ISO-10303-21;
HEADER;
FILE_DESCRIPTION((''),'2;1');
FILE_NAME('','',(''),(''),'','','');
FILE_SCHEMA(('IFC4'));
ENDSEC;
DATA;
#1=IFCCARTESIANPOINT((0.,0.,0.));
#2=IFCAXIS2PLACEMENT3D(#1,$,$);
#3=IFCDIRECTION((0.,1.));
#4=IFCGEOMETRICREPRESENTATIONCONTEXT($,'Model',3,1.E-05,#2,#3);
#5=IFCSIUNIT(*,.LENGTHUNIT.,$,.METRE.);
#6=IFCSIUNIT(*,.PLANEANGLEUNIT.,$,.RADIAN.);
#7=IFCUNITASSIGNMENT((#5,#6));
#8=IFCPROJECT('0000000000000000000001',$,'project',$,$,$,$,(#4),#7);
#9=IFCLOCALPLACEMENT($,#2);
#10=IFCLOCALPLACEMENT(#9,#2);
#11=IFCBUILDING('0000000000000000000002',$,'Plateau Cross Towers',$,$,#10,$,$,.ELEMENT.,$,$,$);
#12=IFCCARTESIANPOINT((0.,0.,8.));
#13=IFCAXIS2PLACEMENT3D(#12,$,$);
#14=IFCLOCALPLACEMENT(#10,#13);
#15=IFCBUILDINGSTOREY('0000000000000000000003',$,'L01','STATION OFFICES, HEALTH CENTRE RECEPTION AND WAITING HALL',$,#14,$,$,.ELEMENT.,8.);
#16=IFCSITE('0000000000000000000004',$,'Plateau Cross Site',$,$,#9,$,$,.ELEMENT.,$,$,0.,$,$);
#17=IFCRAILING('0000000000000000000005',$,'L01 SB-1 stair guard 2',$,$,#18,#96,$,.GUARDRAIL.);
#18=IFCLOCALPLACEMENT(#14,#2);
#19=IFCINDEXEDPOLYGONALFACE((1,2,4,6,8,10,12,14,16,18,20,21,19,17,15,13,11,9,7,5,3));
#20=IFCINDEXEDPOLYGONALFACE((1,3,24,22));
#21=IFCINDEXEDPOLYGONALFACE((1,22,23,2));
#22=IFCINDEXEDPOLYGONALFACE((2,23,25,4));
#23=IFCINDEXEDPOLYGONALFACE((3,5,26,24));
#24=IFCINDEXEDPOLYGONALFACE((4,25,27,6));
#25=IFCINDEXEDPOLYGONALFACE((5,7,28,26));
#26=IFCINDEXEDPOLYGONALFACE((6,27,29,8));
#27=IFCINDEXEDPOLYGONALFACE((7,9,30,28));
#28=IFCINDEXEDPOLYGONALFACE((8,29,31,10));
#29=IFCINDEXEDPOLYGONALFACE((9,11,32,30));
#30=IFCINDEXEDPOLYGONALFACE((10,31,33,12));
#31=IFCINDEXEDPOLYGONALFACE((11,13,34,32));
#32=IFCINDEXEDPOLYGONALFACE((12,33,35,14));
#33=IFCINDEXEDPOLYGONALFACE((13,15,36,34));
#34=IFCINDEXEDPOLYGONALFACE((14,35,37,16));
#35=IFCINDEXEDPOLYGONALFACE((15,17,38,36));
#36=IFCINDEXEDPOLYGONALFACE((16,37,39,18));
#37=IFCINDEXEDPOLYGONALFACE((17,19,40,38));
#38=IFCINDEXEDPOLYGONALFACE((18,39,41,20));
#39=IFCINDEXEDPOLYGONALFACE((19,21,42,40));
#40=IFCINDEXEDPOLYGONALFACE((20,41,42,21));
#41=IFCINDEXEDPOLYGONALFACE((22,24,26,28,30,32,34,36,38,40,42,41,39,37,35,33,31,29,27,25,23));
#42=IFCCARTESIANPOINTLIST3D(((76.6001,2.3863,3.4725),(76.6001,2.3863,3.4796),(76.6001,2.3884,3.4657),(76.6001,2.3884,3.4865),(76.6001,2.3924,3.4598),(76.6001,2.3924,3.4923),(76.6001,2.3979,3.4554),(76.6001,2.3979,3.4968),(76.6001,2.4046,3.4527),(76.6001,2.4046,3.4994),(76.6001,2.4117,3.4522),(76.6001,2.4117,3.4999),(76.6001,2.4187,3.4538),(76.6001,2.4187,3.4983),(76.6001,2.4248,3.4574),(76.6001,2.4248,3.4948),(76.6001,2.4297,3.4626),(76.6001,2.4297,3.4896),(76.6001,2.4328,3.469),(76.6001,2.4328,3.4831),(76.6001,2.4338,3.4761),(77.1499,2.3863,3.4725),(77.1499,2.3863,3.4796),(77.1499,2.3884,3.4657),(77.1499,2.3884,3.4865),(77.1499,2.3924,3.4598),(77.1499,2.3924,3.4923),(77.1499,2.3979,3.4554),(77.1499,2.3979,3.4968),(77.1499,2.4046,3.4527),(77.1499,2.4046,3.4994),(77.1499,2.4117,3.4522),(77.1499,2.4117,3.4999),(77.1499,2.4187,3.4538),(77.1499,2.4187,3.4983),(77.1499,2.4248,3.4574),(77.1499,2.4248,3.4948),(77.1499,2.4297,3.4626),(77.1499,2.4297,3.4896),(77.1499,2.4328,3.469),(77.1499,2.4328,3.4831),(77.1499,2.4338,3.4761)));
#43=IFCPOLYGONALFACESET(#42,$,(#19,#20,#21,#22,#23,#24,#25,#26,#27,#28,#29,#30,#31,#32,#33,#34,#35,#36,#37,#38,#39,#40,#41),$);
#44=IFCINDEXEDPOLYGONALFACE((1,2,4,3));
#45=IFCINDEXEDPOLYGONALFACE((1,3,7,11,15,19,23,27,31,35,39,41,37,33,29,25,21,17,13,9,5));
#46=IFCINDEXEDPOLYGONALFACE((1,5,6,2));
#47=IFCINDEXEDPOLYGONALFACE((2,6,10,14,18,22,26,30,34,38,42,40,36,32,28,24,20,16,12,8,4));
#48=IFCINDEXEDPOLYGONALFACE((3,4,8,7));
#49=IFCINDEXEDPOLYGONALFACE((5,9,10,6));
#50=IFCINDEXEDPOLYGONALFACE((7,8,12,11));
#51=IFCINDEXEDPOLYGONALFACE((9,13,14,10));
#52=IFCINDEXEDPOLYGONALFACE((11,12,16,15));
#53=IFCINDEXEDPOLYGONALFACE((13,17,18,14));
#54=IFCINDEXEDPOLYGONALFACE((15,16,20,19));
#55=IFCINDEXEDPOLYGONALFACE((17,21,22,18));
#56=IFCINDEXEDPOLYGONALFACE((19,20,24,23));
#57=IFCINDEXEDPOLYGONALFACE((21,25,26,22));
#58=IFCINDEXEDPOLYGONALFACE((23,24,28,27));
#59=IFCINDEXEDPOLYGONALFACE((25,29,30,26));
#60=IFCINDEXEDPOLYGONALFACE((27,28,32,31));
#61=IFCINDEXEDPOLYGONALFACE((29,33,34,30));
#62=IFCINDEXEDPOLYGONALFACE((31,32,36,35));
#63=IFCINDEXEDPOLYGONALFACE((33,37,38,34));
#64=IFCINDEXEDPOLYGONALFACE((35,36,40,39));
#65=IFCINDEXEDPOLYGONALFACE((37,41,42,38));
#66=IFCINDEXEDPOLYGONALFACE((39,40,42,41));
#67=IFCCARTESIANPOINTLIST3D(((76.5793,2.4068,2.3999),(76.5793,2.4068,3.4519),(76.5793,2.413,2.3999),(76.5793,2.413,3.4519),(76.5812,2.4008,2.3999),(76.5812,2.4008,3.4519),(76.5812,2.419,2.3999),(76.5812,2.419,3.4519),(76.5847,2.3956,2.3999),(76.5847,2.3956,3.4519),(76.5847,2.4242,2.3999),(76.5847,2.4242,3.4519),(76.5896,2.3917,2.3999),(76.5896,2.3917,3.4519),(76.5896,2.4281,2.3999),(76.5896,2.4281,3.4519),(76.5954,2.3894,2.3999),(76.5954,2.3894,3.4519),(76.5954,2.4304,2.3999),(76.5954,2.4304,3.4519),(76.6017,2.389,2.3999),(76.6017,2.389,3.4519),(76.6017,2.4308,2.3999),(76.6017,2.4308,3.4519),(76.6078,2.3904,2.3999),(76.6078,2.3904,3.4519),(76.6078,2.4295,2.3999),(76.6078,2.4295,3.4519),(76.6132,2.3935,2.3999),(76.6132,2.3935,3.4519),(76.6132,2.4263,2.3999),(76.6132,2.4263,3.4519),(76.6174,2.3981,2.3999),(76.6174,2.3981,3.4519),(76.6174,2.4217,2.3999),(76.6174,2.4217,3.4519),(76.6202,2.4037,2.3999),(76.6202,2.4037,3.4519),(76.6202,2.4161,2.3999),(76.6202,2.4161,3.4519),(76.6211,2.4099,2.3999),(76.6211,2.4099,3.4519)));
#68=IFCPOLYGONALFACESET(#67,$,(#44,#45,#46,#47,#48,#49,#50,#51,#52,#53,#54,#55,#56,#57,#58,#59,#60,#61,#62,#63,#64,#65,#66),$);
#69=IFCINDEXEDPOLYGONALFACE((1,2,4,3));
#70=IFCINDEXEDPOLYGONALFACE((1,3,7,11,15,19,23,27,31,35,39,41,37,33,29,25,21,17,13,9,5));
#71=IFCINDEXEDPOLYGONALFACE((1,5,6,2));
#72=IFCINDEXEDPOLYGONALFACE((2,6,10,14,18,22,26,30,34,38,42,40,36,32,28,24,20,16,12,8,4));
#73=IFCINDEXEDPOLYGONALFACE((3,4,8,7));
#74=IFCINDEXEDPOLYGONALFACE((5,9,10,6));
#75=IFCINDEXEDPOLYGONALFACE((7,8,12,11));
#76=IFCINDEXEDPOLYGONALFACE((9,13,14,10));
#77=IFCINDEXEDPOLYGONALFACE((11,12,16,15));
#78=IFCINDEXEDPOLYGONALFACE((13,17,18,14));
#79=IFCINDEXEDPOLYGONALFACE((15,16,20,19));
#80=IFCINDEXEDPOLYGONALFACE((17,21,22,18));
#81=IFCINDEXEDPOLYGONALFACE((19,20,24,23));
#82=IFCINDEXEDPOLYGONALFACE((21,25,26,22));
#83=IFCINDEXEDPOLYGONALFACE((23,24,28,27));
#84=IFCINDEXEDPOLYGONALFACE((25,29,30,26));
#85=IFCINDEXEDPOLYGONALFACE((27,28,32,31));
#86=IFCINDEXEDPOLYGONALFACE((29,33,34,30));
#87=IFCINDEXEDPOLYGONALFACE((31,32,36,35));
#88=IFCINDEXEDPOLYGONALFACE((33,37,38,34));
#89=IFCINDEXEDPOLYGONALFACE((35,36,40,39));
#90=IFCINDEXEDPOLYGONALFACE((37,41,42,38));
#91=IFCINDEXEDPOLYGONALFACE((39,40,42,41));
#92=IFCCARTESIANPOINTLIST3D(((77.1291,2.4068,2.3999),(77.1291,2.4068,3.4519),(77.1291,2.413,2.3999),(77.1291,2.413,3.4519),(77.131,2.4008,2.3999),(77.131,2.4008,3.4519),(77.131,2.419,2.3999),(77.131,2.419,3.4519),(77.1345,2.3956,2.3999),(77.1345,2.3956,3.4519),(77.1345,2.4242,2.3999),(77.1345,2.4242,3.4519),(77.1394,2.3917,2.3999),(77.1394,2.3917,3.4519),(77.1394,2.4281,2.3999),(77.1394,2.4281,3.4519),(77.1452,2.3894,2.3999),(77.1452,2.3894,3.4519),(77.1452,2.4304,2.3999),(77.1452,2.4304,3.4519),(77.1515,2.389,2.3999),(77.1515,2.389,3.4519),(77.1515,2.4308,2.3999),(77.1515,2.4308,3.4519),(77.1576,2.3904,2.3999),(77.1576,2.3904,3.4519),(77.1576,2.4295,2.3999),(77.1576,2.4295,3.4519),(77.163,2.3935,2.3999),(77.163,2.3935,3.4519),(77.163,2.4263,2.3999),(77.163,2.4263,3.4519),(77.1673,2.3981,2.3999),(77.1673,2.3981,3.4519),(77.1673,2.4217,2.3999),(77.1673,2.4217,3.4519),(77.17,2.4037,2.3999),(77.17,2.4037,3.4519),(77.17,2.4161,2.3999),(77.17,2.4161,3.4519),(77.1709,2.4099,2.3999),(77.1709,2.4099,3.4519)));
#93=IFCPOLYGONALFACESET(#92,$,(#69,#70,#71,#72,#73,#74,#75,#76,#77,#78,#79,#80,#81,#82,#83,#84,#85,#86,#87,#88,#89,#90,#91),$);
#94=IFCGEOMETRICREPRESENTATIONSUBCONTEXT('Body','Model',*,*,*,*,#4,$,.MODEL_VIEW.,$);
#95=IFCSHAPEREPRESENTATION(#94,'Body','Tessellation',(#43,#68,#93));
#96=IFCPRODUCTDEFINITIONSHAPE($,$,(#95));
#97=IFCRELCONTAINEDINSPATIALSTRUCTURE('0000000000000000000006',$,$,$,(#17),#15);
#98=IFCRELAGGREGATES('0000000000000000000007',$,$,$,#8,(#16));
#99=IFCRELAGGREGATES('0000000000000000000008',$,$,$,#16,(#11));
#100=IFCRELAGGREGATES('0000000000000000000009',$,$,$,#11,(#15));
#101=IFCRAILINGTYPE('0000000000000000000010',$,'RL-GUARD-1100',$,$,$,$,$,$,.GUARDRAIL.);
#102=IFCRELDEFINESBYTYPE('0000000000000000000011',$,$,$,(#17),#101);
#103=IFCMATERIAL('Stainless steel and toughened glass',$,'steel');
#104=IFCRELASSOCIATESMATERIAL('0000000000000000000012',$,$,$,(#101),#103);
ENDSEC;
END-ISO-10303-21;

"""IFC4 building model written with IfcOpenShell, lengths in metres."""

from ifc_helpers import new_model, si_unit, direction, frame, origin, origin_2d, place, context, subcontext, project, spatial, circle, extrude, material, type_object, element, save


model = new_model("IFC4")

# Units and contexts
model_context = context("Model", 3, precision=1e-05, world=origin(), true_north=direction((0.0, 1.0)))
body_context = subcontext(model_context, "Body", "Model", "MODEL_VIEW")
ifc_project = project(units=[si_unit("LENGTHUNIT", "METRE"), si_unit("PLANEANGLEUNIT", "RADIAN")], contexts=[model_context])

# Site, building, storey
site_placement = place(None, origin())
site = spatial("IfcSite", under=ifc_project, at=site_placement, Name="Plateau Cross Site", CompositionType="ELEMENT", RefElevation=0.0)
building_placement = place(site_placement, origin())
building = spatial("IfcBuilding", under=site, at=building_placement, Name="Plateau Cross Towers", CompositionType="ELEMENT")
storey_placement = place(building_placement, frame((0.0, 0.0, 8.0)))
storey = spatial("IfcBuildingStorey", under=building, at=storey_placement, Name="L01", Description="STATION OFFICES, HEALTH CENTRE RECEPTION AND WAITING HALL", CompositionType="ELEMENT", Elevation=8.0)

# Railing
ifc_material_1 = material(Name="Stainless steel and toughened glass", Category="steel")
railing_type_1 = type_object("IfcRailingType", Name="RL-GUARD-1100", PredefinedType="GUARDRAIL", material=ifc_material_1)
railing_1_placement = place(storey_placement, frame((76.6001, 2.4099, 2.3999)))
element("IfcRailing", 1, at=railing_1_placement, inside=storey, type_object=railing_type_1, Name="L01 SB-1 stair guard 2", PredefinedType="GUARDRAIL", context=body_context, shape_type="SweptSolid", body=[
    extrude(circle(Radius=0.0239, at=origin_2d()), frame((0.0, 0.0, 1.0762), z_axis=(1.0, 0.0, 0.0), x_axis=(0.0, 1.0, 0.0)), (0.0, 0.0, 1.0), 0.5498),
    extrude(circle(Radius=0.021, at=origin_2d()), origin(), (0.0, 0.0, 1.0), 1.052),
    extrude(circle(Radius=0.021, at=origin_2d()), frame((0.5498, 0.0, 0.0)), (0.0, 0.0, 1.0), 1.052),
])

save(model, "model.ifc")
